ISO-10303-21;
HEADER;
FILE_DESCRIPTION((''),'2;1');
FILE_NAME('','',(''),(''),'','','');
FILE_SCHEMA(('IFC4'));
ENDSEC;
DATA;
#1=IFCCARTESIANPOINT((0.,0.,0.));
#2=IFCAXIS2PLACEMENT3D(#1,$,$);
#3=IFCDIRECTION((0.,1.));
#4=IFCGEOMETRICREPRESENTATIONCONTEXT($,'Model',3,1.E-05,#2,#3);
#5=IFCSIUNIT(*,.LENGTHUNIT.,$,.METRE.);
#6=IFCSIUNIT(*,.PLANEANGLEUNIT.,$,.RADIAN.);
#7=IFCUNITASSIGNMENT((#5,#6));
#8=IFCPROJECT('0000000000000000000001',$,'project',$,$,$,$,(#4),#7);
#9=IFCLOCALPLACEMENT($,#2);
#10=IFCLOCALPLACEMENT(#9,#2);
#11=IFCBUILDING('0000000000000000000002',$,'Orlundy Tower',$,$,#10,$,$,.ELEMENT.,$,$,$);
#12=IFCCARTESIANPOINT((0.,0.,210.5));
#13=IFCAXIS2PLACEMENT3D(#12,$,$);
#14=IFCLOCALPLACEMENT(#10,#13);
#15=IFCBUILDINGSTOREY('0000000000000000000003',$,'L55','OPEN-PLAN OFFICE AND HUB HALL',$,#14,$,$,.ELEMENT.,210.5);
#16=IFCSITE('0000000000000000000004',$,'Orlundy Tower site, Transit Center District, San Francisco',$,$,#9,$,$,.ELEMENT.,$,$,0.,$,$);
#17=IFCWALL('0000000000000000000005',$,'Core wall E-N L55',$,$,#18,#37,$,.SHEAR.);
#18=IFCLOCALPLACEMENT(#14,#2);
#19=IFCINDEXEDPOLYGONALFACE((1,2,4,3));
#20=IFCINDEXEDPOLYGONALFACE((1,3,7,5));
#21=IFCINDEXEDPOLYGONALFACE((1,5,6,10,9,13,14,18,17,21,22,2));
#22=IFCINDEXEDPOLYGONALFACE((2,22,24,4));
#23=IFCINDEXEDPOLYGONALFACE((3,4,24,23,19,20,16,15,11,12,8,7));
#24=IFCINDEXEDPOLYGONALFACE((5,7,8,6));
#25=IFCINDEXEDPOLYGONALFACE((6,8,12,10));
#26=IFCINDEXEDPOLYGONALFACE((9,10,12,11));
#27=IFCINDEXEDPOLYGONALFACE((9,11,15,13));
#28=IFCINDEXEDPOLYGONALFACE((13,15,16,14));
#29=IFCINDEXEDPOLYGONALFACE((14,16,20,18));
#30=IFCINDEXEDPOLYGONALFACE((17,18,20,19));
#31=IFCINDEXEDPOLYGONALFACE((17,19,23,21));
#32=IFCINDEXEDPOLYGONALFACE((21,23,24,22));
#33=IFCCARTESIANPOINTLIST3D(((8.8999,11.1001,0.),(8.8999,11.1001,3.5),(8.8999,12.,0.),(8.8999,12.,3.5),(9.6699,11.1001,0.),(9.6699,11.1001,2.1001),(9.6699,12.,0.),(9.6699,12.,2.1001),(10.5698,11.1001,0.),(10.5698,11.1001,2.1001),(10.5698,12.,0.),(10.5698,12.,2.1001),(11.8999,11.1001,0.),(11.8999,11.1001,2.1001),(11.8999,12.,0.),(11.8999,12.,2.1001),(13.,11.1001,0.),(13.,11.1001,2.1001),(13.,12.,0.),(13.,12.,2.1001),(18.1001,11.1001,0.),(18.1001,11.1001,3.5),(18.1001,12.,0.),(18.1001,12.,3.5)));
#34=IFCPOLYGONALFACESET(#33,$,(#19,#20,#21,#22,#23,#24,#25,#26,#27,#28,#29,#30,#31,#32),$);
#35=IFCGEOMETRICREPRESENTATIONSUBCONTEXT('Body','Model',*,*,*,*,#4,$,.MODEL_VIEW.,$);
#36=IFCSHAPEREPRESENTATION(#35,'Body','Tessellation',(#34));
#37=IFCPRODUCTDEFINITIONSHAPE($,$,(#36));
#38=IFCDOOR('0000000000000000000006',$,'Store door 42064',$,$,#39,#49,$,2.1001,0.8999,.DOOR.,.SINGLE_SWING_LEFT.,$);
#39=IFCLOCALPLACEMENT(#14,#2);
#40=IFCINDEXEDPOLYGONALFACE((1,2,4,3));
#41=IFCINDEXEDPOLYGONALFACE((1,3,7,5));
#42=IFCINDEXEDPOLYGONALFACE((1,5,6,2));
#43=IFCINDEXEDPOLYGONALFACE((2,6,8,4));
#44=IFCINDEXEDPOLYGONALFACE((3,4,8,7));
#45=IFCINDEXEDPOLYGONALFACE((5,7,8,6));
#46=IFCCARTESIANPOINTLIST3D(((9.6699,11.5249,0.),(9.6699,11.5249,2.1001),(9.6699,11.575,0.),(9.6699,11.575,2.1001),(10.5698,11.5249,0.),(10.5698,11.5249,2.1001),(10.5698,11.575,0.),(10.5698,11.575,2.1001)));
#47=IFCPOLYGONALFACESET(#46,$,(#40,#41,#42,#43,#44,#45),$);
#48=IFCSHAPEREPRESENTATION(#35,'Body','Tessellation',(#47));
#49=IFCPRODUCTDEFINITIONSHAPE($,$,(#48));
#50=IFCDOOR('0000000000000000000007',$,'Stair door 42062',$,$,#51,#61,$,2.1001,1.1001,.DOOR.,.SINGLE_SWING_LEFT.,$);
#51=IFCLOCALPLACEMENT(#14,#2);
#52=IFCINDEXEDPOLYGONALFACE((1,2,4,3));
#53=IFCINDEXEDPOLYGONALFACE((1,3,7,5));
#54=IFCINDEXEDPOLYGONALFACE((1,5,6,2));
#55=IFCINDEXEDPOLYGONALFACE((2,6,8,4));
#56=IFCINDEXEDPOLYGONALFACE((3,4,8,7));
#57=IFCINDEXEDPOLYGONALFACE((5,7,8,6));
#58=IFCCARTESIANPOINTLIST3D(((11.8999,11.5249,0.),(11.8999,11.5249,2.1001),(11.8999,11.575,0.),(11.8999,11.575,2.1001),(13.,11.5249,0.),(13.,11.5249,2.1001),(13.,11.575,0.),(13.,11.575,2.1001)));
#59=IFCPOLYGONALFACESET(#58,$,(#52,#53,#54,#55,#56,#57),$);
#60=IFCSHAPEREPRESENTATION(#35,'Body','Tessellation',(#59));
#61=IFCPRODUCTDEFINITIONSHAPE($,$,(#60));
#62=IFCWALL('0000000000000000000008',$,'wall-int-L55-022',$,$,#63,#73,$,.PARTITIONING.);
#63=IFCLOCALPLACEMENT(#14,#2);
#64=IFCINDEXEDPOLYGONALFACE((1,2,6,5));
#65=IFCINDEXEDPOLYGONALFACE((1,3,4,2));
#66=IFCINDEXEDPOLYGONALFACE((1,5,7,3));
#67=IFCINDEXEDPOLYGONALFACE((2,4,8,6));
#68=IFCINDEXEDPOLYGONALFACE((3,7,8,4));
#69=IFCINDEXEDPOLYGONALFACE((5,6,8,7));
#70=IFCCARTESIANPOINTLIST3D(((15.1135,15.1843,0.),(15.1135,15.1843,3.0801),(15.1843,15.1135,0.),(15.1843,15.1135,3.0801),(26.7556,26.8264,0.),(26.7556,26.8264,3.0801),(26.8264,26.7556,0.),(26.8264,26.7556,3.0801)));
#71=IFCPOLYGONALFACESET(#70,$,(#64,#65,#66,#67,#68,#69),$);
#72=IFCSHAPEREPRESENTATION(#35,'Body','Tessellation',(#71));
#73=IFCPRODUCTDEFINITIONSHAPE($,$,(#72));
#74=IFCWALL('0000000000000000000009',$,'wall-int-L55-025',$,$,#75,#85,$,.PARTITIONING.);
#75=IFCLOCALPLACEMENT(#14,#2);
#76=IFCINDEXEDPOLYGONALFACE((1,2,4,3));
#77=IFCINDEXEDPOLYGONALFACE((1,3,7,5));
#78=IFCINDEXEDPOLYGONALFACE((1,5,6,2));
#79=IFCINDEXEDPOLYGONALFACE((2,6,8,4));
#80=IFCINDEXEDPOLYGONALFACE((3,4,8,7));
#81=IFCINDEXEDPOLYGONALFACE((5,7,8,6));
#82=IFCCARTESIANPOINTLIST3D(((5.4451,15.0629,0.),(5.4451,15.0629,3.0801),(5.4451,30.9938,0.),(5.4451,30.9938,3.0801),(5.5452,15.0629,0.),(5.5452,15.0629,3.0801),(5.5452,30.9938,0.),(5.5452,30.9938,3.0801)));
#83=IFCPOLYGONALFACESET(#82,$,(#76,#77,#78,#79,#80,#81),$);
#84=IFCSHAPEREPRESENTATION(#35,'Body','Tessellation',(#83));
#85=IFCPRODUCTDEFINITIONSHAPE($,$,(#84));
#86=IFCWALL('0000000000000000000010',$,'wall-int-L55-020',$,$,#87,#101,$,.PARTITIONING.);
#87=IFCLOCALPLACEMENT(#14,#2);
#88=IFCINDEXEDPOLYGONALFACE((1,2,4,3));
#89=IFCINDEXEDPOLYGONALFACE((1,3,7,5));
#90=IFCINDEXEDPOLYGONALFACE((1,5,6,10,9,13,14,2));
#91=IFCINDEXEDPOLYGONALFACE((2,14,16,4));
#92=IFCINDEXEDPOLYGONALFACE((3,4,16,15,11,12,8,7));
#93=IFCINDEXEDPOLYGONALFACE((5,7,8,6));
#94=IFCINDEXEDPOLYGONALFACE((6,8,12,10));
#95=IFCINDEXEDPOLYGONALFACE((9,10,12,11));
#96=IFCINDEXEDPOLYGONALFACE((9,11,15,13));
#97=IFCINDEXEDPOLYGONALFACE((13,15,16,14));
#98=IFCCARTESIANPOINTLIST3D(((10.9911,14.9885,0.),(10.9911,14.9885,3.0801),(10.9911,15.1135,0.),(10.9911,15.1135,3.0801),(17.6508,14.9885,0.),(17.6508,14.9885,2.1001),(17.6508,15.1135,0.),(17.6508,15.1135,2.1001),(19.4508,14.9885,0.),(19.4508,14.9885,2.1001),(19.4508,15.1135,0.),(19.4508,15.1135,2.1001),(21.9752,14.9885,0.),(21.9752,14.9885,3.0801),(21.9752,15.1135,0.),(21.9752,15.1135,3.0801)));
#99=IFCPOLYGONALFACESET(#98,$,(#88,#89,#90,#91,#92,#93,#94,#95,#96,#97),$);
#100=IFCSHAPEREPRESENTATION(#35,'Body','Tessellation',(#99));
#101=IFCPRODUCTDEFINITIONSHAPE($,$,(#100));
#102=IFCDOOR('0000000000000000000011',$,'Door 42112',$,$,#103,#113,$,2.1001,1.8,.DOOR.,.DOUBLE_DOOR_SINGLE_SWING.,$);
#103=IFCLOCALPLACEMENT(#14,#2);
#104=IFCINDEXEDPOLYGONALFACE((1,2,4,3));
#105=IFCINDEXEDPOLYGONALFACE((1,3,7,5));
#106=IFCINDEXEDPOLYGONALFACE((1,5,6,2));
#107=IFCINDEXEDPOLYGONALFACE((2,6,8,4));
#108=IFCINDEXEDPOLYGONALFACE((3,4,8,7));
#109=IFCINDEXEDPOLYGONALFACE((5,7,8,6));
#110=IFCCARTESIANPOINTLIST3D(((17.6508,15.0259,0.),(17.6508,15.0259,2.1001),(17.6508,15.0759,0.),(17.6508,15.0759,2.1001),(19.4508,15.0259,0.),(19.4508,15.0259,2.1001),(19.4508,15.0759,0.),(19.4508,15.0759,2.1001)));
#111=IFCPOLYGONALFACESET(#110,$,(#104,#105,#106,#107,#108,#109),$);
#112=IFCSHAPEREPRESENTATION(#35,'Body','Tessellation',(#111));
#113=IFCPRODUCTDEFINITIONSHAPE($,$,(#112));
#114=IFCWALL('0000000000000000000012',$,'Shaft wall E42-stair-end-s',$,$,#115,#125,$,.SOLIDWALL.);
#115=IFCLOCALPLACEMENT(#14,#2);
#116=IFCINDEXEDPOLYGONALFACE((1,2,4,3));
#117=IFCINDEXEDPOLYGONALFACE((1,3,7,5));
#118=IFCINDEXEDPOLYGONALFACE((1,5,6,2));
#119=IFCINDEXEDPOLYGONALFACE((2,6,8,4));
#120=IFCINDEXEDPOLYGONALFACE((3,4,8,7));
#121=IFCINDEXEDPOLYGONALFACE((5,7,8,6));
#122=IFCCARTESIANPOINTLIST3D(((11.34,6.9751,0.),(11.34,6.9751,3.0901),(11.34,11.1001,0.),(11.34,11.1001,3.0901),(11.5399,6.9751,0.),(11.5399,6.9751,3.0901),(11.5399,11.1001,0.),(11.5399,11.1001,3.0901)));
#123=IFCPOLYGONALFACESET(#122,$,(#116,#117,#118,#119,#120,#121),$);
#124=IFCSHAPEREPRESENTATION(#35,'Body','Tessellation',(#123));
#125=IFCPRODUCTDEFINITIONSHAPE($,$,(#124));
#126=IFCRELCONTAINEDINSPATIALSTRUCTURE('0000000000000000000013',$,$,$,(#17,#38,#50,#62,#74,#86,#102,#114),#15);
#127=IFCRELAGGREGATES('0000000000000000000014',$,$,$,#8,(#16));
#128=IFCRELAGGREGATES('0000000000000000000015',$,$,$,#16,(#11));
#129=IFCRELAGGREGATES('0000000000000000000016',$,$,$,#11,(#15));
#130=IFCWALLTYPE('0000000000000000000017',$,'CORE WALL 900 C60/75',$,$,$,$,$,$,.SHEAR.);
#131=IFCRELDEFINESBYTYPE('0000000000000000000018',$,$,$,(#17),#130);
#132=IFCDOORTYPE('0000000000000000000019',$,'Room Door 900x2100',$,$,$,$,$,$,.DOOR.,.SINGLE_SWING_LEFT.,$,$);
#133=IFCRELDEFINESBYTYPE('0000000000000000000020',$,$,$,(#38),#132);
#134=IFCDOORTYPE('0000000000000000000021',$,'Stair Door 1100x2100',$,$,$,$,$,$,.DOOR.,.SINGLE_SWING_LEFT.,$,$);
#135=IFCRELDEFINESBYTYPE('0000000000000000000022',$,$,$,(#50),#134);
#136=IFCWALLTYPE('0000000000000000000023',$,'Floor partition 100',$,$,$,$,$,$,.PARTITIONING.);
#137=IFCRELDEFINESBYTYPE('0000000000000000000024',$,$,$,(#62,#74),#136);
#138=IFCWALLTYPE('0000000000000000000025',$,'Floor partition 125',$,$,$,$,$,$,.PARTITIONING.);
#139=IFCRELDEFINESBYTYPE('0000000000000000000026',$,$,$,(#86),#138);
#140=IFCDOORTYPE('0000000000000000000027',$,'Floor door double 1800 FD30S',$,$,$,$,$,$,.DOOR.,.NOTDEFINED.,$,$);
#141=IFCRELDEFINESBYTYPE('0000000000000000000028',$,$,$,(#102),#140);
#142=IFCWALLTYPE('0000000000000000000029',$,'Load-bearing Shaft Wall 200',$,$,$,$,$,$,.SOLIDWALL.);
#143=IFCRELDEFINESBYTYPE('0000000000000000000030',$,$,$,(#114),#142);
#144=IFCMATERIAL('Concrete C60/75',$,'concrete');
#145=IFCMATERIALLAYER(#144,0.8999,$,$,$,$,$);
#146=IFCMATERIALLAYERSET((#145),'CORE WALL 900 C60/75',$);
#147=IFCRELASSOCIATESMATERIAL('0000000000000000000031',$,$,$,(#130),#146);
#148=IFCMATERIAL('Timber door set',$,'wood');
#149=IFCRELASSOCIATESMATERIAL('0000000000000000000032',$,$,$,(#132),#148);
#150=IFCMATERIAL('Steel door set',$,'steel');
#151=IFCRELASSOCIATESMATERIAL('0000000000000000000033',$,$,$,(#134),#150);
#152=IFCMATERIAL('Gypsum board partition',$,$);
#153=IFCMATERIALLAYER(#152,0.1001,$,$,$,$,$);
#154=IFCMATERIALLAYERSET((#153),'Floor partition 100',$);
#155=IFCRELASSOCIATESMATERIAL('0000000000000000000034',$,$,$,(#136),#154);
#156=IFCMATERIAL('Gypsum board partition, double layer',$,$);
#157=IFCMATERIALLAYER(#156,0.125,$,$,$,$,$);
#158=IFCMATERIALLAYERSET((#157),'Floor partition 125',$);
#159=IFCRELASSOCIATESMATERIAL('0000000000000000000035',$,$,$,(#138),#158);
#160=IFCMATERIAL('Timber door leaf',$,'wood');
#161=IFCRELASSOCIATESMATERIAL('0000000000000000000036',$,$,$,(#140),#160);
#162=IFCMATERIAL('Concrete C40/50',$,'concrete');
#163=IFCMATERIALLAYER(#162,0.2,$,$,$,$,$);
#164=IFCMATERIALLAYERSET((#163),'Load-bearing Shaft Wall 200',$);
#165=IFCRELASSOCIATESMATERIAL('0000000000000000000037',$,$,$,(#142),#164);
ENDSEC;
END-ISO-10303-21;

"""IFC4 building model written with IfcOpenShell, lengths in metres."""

from ifc_helpers import new_model, si_unit, direction, frame, frame_2d, origin, place, context, subcontext, project, spatial, rectangle, extrude, material, layer, layer_set, type_object, element, fill, save


model = new_model("IFC4")

# Units and contexts
model_context = context("Model", 3, precision=1e-05, world=origin(), true_north=direction((0.0, 1.0)))
body_context = subcontext(model_context, "Body", "Model", "MODEL_VIEW")
ifc_project = project(units=[si_unit("LENGTHUNIT", "METRE"), si_unit("PLANEANGLEUNIT", "RADIAN")], contexts=[model_context])

# Site, building, storey
site_placement = place(None, origin())
site = spatial("IfcSite", under=ifc_project, at=site_placement, Name="Orlundy Tower site, Transit Center District, San Francisco", CompositionType="ELEMENT", RefElevation=0.0)
building_placement = place(site_placement, origin())
building = spatial("IfcBuilding", under=site, at=building_placement, Name="Orlundy Tower", CompositionType="ELEMENT")
storey_placement = place(building_placement, frame((0.0, 0.0, 210.5)))
storey = spatial("IfcBuildingStorey", under=building, at=storey_placement, Name="L55", Description="OPEN-PLAN OFFICE AND HUB HALL", CompositionType="ELEMENT", Elevation=210.5)

# Wall, openings, doors
ifc_material_1 = material(Name="Concrete C60/75", Category="concrete")
ifc_layer_1 = layer(ifc_material_1, 0.8999)
ifc_layer_set_1 = layer_set([ifc_layer_1], Name="CORE WALL 900 C60/75")
wall_type_1 = type_object("IfcWallType", Name="CORE WALL 900 C60/75", PredefinedType="SHEAR", material=ifc_layer_set_1)
wall_1_placement = place(storey_placement, frame((8.8999, 11.55, 0.0), z_axis=(0.0, 0.0, 1.0), x_axis=(1.0, 0.0, 0.0)))
wall_1 = element("IfcWall", 1, at=wall_1_placement, inside=storey, type_object=wall_type_1, Name="Core wall E-N L55", PredefinedType="SHEAR", context=body_context, shape_type="SweptSolid", body=[
    extrude(rectangle(XDim=9.2002, YDim=0.8999, at=frame_2d((4.6001, 0.0))), origin(), (0.0, 0.0, 1.0), 3.5),
])
opening_1_placement = place(wall_1_placement, frame((3.0, 0.0, 0.0)))
opening_1 = element("IfcOpeningElement", 2, at=opening_1_placement, cuts=wall_1, PredefinedType="OPENING", context=body_context, shape_type="SweptSolid", body=[
    extrude(rectangle(XDim=1.1001, YDim=2.1001, at=frame_2d((0.55, 1.05))), frame((0.0, 0.46, 0.0), z_axis=(0.0, -1.0, 0.0), x_axis=(1.0, 0.0, 0.0)), (0.0, 0.0, 1.0), 0.9199),
])
opening_2_placement = place(wall_1_placement, frame((0.77, 0.0, 0.0)))
opening_2 = element("IfcOpeningElement", 3, at=opening_2_placement, cuts=wall_1, PredefinedType="OPENING", context=body_context, shape_type="SweptSolid", body=[
    extrude(rectangle(XDim=0.8999, YDim=2.1001, at=frame_2d((0.45, 1.05))), frame((0.0, 0.46, 0.0), z_axis=(0.0, -1.0, 0.0), x_axis=(1.0, 0.0, 0.0)), (0.0, 0.0, 1.0), 0.9199),
])
ifc_material_2 = material(Name="Timber door set", Category="wood")
door_type_1 = type_object("IfcDoorType", Name="Room Door 900x2100", OperationType="SINGLE_SWING_LEFT", PredefinedType="DOOR", material=ifc_material_2)
door_1_placement = place(opening_2_placement, origin())
door_1 = element("IfcDoor", 4, at=door_1_placement, inside=storey, type_object=door_type_1, Name="Store door 42064", OperationType="SINGLE_SWING_LEFT", OverallHeight=2.1001, OverallWidth=0.8999, PredefinedType="DOOR", context=body_context, shape_type="SweptSolid", body=[
    extrude(rectangle(XDim=0.8999, YDim=2.1001, at=frame_2d((0.45, 1.05))), frame((0.0, 0.0249, 0.0), z_axis=(0.0, -1.0, 0.0), x_axis=(1.0, 0.0, 0.0)), (0.0, 0.0, 1.0), 0.05),
])
fill(opening_2, door_1)
ifc_material_3 = material(Name="Steel door set", Category="steel")
door_type_2 = type_object("IfcDoorType", Name="Stair Door 1100x2100", OperationType="SINGLE_SWING_LEFT", PredefinedType="DOOR", material=ifc_material_3)
door_2_placement = place(opening_1_placement, origin())
door_2 = element("IfcDoor", 5, at=door_2_placement, inside=storey, type_object=door_type_2, Name="Stair door 42062", OperationType="SINGLE_SWING_LEFT", OverallHeight=2.1001, OverallWidth=1.1001, PredefinedType="DOOR", context=body_context, shape_type="SweptSolid", body=[
    extrude(rectangle(XDim=1.1001, YDim=2.1001, at=frame_2d((0.55, 1.05))), frame((0.0, 0.0249, 0.0), z_axis=(0.0, -1.0, 0.0), x_axis=(1.0, 0.0, 0.0)), (0.0, 0.0, 1.0), 0.05),
])
fill(opening_1, door_2)

# Walls
ifc_material_4 = material(Name="Gypsum board partition")
ifc_layer_2 = layer(ifc_material_4, 0.1001)
ifc_layer_set_2 = layer_set([ifc_layer_2], Name="Floor partition 100")
wall_type_2 = type_object("IfcWallType", Name="Floor partition 100", PredefinedType="PARTITIONING", material=ifc_layer_set_2)
wall_2_placement = place(storey_placement, frame((15.1489, 15.1489, 0.0), z_axis=(0.0, 0.0, 1.0), x_axis=(0.707107, 0.707107, 0.0)))
element("IfcWall", 6, at=wall_2_placement, inside=storey, type_object=wall_type_2, Name="wall-int-L55-022", PredefinedType="PARTITIONING", context=body_context, shape_type="SweptSolid", body=[
    extrude(rectangle(XDim=16.4644, YDim=0.1001, at=frame_2d((8.2322, 0.0))), origin(), (0.0, 0.0, 1.0), 3.0801),
])
wall_3_placement = place(storey_placement, frame((5.4951, 15.063, 0.0), z_axis=(0.0, 0.0, 1.0), x_axis=(0.0, 1.0, 0.0)))
element("IfcWall", 7, at=wall_3_placement, inside=storey, type_object=wall_type_2, Name="wall-int-L55-025", PredefinedType="PARTITIONING", context=body_context, shape_type="SweptSolid", body=[
    extrude(rectangle(XDim=15.9309, YDim=0.1001, at=frame_2d((7.9653, 0.0))), origin(), (0.0, 0.0, 1.0), 3.0801),
])

# Wall, opening, door
ifc_material_5 = material(Name="Gypsum board partition, double layer")
ifc_layer_3 = layer(ifc_material_5, 0.125)
ifc_layer_set_3 = layer_set([ifc_layer_3], Name="Floor partition 125")
wall_type_3 = type_object("IfcWallType", Name="Floor partition 125", PredefinedType="PARTITIONING", material=ifc_layer_set_3)
wall_4_placement = place(storey_placement, frame((10.991, 15.051, 0.0), z_axis=(0.0, 0.0, 1.0), x_axis=(1.0, 0.0, 0.0)))
wall_4 = element("IfcWall", 8, at=wall_4_placement, inside=storey, type_object=wall_type_3, Name="wall-int-L55-020", PredefinedType="PARTITIONING", context=body_context, shape_type="SweptSolid", body=[
    extrude(rectangle(XDim=10.9841, YDim=0.125, at=frame_2d((5.4922, 0.0))), origin(), (0.0, 0.0, 1.0), 3.0801),
])
opening_3_placement = place(wall_4_placement, frame((6.6599, 0.0, 0.0)))
opening_3 = element("IfcOpeningElement", 9, at=opening_3_placement, cuts=wall_4, PredefinedType="OPENING", context=body_context, shape_type="SweptSolid", body=[
    extrude(rectangle(XDim=1.8, YDim=2.1001, at=frame_2d((0.8999, 1.05))), frame((0.0, 0.0725, 0.0), z_axis=(0.0, -1.0, 0.0), x_axis=(1.0, 0.0, 0.0)), (0.0, 0.0, 1.0), 0.145),
])
ifc_material_6 = material(Name="Timber door leaf", Category="wood")
door_type_3 = type_object("IfcDoorType", Name="Floor door double 1800 FD30S", OperationType="NOTDEFINED", PredefinedType="DOOR", material=ifc_material_6)
door_3_placement = place(opening_3_placement, origin())
door_3 = element("IfcDoor", 10, at=door_3_placement, inside=storey, type_object=door_type_3, Name="Door 42112", OperationType="DOUBLE_DOOR_SINGLE_SWING", OverallHeight=2.1001, OverallWidth=1.8, PredefinedType="DOOR", context=body_context, shape_type="SweptSolid", body=[
    extrude(rectangle(XDim=1.8, YDim=2.1001, at=frame_2d((0.8999, 1.05))), frame((0.0, 0.0249, 0.0), z_axis=(0.0, -1.0, 0.0), x_axis=(1.0, 0.0, 0.0)), (0.0, 0.0, 1.0), 0.05),
])
fill(opening_3, door_3)

# Wall
ifc_material_7 = material(Name="Concrete C40/50", Category="concrete")
ifc_layer_4 = layer(ifc_material_7, 0.2)
ifc_layer_set_4 = layer_set([ifc_layer_4], Name="Load-bearing Shaft Wall 200")
wall_type_4 = type_object("IfcWallType", Name="Load-bearing Shaft Wall 200", PredefinedType="SOLIDWALL", material=ifc_layer_set_4)
wall_5_placement = place(storey_placement, frame((11.4399, 11.1001, 0.0), z_axis=(0.0, 0.0, 1.0), x_axis=(0.0, -1.0, 0.0)))
element("IfcWall", 11, at=wall_5_placement, inside=storey, type_object=wall_type_4, Name="Shaft wall E42-stair-end-s", PredefinedType="SOLIDWALL", context=body_context, shape_type="SweptSolid", body=[
    extrude(rectangle(XDim=4.125, YDim=0.2, at=frame_2d((2.0625, 0.0))), origin(), (0.0, 0.0, 1.0), 3.0901),
])

save(model, "model.ifc")
